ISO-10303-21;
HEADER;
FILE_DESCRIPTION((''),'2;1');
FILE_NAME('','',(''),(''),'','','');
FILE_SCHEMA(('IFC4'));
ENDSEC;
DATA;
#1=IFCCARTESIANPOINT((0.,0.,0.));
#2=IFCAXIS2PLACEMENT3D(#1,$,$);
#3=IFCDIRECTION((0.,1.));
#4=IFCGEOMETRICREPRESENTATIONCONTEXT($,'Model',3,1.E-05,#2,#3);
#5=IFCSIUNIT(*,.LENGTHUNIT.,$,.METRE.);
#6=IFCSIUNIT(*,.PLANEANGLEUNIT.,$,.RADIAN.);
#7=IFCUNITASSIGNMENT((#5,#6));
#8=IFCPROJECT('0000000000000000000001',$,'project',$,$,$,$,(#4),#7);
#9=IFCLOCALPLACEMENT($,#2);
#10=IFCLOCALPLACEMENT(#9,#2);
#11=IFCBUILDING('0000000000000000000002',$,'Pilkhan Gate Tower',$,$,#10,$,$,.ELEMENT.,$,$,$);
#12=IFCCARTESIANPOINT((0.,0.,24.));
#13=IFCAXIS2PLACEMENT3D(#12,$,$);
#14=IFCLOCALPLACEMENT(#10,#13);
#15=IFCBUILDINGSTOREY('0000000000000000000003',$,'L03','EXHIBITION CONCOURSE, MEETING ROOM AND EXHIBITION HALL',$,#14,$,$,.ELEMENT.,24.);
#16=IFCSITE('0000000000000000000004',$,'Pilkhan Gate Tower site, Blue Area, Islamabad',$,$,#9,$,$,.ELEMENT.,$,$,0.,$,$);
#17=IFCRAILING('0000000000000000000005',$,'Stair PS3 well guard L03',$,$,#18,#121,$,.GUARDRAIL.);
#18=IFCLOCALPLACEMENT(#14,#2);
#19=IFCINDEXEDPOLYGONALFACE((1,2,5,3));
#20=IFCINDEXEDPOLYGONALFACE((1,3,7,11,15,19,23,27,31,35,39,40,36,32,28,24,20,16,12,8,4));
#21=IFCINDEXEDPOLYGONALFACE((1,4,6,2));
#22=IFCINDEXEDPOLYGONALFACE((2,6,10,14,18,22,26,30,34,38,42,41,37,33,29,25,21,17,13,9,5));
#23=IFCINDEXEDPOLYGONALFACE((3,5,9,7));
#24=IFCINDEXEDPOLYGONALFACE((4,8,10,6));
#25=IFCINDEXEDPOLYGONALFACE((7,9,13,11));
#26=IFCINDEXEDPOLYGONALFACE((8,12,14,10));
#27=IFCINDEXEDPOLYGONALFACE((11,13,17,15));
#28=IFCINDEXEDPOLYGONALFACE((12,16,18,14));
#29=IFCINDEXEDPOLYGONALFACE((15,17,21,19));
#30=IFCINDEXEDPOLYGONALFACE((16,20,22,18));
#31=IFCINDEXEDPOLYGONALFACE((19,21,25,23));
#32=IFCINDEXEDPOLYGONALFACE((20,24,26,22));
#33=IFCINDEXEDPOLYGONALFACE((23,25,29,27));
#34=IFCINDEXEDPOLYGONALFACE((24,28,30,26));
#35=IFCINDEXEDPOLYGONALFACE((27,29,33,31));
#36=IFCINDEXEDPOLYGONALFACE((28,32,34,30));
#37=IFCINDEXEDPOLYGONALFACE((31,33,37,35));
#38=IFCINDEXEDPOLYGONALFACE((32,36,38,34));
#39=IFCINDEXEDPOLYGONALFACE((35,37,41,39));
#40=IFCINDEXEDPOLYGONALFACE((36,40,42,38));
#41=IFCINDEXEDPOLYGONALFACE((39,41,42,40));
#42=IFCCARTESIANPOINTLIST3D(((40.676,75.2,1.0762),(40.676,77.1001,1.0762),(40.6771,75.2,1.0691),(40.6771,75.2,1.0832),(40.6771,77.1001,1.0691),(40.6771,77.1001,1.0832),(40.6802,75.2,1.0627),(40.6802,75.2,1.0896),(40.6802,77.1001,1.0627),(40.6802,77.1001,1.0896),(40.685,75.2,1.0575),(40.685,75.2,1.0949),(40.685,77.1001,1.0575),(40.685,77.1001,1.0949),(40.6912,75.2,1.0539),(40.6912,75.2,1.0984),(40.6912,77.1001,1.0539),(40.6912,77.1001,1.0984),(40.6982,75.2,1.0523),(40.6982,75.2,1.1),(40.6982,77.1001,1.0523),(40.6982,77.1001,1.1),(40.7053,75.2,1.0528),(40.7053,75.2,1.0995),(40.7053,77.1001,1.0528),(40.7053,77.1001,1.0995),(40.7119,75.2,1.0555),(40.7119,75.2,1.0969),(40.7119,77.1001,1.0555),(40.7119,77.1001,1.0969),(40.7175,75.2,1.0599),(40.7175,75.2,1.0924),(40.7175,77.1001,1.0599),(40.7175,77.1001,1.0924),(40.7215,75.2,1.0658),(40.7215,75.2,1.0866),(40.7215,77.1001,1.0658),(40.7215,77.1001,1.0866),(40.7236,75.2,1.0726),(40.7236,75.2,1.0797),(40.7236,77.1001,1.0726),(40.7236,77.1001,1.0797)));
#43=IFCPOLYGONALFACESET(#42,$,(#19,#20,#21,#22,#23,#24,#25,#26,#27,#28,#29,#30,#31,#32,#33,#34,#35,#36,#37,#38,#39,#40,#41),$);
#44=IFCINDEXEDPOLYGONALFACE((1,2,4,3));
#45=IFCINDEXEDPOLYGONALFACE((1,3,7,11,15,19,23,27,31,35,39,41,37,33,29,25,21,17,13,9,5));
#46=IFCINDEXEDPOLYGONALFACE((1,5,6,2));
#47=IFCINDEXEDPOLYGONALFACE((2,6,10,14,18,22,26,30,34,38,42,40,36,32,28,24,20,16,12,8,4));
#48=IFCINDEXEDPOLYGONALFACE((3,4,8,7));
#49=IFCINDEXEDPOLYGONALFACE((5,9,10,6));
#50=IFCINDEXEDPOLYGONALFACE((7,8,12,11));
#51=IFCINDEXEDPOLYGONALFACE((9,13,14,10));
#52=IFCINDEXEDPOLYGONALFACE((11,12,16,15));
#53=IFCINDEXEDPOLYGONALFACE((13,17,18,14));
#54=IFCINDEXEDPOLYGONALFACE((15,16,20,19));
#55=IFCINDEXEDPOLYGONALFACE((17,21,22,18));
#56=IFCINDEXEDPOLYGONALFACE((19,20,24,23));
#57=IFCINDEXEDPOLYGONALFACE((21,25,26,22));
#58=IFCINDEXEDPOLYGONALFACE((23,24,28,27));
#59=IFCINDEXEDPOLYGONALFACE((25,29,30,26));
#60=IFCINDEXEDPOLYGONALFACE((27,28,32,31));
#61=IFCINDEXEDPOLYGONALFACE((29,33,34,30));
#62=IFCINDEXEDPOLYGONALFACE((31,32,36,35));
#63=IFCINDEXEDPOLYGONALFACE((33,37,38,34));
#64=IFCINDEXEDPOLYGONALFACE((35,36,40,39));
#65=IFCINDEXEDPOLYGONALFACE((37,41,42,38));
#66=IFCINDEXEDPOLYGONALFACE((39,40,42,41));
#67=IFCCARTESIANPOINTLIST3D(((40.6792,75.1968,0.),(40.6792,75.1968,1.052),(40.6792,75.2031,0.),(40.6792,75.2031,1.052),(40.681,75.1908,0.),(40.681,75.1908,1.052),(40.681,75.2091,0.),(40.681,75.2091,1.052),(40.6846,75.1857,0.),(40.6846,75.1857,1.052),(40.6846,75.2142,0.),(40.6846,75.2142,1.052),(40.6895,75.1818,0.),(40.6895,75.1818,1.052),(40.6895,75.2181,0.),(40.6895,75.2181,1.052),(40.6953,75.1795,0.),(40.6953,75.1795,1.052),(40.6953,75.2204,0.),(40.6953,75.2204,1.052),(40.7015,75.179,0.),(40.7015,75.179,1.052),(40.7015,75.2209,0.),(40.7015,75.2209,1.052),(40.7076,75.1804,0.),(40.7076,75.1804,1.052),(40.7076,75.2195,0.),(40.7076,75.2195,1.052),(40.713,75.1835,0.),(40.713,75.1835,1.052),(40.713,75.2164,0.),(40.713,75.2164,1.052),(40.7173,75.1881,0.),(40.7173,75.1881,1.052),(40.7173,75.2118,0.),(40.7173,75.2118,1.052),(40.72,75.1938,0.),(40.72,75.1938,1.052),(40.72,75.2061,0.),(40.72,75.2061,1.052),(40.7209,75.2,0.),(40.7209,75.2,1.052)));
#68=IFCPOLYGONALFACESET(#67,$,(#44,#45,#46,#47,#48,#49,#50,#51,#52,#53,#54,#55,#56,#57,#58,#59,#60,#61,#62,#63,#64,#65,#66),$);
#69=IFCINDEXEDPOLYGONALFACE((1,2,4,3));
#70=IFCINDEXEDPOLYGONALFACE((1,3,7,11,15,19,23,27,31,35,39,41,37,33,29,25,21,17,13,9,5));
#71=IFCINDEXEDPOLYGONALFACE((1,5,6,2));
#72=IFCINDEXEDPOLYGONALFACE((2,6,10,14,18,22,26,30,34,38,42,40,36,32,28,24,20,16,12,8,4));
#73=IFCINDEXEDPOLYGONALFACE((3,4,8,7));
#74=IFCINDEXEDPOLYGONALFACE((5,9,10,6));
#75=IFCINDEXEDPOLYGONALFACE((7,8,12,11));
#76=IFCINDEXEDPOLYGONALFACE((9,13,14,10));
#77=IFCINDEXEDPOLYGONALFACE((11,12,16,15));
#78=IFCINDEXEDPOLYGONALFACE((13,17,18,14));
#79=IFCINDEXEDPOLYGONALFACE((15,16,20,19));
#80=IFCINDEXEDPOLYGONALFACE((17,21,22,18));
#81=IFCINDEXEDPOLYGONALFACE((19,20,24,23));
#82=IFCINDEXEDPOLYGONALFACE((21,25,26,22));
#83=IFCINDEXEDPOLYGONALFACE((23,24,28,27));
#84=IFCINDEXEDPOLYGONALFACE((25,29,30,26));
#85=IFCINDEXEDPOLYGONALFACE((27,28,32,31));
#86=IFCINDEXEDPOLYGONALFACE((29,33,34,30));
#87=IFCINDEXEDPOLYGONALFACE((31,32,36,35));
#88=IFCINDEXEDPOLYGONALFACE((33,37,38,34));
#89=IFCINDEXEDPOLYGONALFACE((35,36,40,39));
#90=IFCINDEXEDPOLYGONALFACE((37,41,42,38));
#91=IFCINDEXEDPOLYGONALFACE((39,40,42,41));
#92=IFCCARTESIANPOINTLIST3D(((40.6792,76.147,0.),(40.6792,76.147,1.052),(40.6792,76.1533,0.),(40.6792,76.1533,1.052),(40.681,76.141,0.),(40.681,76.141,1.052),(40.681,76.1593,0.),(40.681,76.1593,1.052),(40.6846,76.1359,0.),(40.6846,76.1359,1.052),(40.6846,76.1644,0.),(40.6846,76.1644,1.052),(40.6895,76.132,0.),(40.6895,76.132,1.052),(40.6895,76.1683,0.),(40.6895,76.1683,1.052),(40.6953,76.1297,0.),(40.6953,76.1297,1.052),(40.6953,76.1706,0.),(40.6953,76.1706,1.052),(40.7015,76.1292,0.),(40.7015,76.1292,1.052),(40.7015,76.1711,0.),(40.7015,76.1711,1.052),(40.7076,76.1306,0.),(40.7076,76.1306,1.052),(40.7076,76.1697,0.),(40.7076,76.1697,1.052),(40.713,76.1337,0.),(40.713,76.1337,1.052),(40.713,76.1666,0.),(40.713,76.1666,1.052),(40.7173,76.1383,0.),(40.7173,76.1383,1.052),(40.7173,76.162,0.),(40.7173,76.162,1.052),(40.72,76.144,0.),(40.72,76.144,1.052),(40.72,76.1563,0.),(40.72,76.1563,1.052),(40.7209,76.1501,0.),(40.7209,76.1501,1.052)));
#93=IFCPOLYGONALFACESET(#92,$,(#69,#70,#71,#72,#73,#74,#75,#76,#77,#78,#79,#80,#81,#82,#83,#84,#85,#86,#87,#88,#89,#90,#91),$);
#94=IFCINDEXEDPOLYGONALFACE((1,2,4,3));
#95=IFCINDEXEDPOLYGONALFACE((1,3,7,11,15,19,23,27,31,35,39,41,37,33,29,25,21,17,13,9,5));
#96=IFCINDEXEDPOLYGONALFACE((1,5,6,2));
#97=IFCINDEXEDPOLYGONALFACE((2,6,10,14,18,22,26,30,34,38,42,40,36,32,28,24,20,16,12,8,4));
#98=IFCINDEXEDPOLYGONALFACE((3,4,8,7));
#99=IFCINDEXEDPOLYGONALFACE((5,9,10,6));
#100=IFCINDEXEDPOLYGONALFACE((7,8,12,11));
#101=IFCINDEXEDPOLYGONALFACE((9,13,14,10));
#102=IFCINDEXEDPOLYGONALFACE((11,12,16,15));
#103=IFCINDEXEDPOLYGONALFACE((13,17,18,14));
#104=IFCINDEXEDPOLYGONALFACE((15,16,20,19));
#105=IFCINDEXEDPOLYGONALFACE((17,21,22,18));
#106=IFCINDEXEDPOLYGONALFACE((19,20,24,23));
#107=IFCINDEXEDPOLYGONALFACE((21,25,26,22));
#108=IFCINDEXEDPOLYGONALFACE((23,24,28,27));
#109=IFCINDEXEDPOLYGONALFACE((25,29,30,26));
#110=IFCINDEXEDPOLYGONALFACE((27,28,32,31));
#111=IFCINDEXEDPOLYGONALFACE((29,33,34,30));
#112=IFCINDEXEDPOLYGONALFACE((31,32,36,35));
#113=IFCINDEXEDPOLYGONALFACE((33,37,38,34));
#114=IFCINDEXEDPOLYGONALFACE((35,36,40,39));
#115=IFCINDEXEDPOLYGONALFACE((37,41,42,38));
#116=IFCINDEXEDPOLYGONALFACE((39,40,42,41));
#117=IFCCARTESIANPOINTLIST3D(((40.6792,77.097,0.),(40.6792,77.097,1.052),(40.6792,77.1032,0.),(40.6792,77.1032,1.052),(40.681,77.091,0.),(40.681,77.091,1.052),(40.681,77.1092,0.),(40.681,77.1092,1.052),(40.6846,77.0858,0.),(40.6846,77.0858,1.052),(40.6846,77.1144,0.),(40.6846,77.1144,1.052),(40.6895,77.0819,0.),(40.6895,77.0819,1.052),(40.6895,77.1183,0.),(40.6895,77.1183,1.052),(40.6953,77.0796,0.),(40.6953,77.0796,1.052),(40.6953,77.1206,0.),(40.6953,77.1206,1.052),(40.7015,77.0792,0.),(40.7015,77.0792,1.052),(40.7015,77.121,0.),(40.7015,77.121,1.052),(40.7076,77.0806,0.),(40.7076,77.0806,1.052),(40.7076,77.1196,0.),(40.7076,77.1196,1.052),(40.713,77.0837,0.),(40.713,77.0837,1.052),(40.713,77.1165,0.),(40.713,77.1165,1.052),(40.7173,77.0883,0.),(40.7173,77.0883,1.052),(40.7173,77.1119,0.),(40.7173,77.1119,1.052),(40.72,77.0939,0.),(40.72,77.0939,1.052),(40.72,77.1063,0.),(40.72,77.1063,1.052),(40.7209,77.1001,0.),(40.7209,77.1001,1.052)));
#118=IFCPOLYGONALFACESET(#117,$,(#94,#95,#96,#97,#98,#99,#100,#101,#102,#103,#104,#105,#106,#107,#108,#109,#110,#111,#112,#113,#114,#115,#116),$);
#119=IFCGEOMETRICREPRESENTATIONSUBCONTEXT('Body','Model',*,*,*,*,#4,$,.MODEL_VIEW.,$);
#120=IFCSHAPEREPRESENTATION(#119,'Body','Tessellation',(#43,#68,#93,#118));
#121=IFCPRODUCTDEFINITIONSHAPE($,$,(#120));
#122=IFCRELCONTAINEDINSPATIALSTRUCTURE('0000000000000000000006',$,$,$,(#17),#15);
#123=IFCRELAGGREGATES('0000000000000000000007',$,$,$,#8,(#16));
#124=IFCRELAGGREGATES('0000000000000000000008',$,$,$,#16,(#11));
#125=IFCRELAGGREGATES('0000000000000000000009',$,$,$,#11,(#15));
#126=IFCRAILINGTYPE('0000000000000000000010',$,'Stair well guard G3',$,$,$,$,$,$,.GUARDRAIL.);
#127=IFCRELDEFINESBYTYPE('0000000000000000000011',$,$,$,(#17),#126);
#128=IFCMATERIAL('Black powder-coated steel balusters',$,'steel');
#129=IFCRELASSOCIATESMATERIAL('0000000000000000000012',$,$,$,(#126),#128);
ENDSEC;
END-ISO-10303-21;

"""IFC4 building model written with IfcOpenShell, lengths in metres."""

from ifc_helpers import new_model, si_unit, direction, frame, origin, origin_2d, place, context, subcontext, project, spatial, circle, extrude, material, type_object, element, save


model = new_model("IFC4")

# Units and contexts
model_context = context("Model", 3, precision=1e-05, world=origin(), true_north=direction((0.0, 1.0)))
body_context = subcontext(model_context, "Body", "Model", "MODEL_VIEW")
ifc_project = project(units=[si_unit("LENGTHUNIT", "METRE"), si_unit("PLANEANGLEUNIT", "RADIAN")], contexts=[model_context])

# Site, building, storey
site_placement = place(None, origin())
site = spatial("IfcSite", under=ifc_project, at=site_placement, Name="Pilkhan Gate Tower site, Blue Area, Islamabad", CompositionType="ELEMENT", RefElevation=0.0)
building_placement = place(site_placement, origin())
building = spatial("IfcBuilding", under=site, at=building_placement, Name="Pilkhan Gate Tower", CompositionType="ELEMENT")
storey_placement = place(building_placement, frame((0.0, 0.0, 24.0)))
storey = spatial("IfcBuildingStorey", under=building, at=storey_placement, Name="L03", Description="EXHIBITION CONCOURSE, MEETING ROOM AND EXHIBITION HALL", CompositionType="ELEMENT", Elevation=24.0)

# Railing
ifc_material_1 = material(Name="Black powder-coated steel balusters", Category="steel")
railing_type = type_object("IfcRailingType", Name="Stair well guard G3", PredefinedType="GUARDRAIL", material=ifc_material_1)
railing_1_placement = place(storey_placement, frame((40.7, 75.2, 0.0)))
element("IfcRailing", 1, at=railing_1_placement, inside=storey, type_object=railing_type, Name="Stair PS3 well guard L03", PredefinedType="GUARDRAIL", context=body_context, shape_type="SweptSolid", body=[
    extrude(circle(Radius=0.0239, at=origin_2d()), frame((0.0, 0.0, 1.0762), z_axis=(0.0, 1.0, 0.0), x_axis=(-1.0, 0.0, 0.0)), (0.0, 0.0, 1.0), 1.9001),
    extrude(circle(Radius=0.021, at=origin_2d()), origin(), (0.0, 0.0, 1.0), 1.052),
    extrude(circle(Radius=0.021, at=origin_2d()), frame((0.0, 0.9502, 0.0)), (0.0, 0.0, 1.0), 1.052),
    extrude(circle(Radius=0.021, at=origin_2d()), frame((0.0, 1.9001, 0.0)), (0.0, 0.0, 1.0), 1.052),
])

save(model, "model.ifc")
